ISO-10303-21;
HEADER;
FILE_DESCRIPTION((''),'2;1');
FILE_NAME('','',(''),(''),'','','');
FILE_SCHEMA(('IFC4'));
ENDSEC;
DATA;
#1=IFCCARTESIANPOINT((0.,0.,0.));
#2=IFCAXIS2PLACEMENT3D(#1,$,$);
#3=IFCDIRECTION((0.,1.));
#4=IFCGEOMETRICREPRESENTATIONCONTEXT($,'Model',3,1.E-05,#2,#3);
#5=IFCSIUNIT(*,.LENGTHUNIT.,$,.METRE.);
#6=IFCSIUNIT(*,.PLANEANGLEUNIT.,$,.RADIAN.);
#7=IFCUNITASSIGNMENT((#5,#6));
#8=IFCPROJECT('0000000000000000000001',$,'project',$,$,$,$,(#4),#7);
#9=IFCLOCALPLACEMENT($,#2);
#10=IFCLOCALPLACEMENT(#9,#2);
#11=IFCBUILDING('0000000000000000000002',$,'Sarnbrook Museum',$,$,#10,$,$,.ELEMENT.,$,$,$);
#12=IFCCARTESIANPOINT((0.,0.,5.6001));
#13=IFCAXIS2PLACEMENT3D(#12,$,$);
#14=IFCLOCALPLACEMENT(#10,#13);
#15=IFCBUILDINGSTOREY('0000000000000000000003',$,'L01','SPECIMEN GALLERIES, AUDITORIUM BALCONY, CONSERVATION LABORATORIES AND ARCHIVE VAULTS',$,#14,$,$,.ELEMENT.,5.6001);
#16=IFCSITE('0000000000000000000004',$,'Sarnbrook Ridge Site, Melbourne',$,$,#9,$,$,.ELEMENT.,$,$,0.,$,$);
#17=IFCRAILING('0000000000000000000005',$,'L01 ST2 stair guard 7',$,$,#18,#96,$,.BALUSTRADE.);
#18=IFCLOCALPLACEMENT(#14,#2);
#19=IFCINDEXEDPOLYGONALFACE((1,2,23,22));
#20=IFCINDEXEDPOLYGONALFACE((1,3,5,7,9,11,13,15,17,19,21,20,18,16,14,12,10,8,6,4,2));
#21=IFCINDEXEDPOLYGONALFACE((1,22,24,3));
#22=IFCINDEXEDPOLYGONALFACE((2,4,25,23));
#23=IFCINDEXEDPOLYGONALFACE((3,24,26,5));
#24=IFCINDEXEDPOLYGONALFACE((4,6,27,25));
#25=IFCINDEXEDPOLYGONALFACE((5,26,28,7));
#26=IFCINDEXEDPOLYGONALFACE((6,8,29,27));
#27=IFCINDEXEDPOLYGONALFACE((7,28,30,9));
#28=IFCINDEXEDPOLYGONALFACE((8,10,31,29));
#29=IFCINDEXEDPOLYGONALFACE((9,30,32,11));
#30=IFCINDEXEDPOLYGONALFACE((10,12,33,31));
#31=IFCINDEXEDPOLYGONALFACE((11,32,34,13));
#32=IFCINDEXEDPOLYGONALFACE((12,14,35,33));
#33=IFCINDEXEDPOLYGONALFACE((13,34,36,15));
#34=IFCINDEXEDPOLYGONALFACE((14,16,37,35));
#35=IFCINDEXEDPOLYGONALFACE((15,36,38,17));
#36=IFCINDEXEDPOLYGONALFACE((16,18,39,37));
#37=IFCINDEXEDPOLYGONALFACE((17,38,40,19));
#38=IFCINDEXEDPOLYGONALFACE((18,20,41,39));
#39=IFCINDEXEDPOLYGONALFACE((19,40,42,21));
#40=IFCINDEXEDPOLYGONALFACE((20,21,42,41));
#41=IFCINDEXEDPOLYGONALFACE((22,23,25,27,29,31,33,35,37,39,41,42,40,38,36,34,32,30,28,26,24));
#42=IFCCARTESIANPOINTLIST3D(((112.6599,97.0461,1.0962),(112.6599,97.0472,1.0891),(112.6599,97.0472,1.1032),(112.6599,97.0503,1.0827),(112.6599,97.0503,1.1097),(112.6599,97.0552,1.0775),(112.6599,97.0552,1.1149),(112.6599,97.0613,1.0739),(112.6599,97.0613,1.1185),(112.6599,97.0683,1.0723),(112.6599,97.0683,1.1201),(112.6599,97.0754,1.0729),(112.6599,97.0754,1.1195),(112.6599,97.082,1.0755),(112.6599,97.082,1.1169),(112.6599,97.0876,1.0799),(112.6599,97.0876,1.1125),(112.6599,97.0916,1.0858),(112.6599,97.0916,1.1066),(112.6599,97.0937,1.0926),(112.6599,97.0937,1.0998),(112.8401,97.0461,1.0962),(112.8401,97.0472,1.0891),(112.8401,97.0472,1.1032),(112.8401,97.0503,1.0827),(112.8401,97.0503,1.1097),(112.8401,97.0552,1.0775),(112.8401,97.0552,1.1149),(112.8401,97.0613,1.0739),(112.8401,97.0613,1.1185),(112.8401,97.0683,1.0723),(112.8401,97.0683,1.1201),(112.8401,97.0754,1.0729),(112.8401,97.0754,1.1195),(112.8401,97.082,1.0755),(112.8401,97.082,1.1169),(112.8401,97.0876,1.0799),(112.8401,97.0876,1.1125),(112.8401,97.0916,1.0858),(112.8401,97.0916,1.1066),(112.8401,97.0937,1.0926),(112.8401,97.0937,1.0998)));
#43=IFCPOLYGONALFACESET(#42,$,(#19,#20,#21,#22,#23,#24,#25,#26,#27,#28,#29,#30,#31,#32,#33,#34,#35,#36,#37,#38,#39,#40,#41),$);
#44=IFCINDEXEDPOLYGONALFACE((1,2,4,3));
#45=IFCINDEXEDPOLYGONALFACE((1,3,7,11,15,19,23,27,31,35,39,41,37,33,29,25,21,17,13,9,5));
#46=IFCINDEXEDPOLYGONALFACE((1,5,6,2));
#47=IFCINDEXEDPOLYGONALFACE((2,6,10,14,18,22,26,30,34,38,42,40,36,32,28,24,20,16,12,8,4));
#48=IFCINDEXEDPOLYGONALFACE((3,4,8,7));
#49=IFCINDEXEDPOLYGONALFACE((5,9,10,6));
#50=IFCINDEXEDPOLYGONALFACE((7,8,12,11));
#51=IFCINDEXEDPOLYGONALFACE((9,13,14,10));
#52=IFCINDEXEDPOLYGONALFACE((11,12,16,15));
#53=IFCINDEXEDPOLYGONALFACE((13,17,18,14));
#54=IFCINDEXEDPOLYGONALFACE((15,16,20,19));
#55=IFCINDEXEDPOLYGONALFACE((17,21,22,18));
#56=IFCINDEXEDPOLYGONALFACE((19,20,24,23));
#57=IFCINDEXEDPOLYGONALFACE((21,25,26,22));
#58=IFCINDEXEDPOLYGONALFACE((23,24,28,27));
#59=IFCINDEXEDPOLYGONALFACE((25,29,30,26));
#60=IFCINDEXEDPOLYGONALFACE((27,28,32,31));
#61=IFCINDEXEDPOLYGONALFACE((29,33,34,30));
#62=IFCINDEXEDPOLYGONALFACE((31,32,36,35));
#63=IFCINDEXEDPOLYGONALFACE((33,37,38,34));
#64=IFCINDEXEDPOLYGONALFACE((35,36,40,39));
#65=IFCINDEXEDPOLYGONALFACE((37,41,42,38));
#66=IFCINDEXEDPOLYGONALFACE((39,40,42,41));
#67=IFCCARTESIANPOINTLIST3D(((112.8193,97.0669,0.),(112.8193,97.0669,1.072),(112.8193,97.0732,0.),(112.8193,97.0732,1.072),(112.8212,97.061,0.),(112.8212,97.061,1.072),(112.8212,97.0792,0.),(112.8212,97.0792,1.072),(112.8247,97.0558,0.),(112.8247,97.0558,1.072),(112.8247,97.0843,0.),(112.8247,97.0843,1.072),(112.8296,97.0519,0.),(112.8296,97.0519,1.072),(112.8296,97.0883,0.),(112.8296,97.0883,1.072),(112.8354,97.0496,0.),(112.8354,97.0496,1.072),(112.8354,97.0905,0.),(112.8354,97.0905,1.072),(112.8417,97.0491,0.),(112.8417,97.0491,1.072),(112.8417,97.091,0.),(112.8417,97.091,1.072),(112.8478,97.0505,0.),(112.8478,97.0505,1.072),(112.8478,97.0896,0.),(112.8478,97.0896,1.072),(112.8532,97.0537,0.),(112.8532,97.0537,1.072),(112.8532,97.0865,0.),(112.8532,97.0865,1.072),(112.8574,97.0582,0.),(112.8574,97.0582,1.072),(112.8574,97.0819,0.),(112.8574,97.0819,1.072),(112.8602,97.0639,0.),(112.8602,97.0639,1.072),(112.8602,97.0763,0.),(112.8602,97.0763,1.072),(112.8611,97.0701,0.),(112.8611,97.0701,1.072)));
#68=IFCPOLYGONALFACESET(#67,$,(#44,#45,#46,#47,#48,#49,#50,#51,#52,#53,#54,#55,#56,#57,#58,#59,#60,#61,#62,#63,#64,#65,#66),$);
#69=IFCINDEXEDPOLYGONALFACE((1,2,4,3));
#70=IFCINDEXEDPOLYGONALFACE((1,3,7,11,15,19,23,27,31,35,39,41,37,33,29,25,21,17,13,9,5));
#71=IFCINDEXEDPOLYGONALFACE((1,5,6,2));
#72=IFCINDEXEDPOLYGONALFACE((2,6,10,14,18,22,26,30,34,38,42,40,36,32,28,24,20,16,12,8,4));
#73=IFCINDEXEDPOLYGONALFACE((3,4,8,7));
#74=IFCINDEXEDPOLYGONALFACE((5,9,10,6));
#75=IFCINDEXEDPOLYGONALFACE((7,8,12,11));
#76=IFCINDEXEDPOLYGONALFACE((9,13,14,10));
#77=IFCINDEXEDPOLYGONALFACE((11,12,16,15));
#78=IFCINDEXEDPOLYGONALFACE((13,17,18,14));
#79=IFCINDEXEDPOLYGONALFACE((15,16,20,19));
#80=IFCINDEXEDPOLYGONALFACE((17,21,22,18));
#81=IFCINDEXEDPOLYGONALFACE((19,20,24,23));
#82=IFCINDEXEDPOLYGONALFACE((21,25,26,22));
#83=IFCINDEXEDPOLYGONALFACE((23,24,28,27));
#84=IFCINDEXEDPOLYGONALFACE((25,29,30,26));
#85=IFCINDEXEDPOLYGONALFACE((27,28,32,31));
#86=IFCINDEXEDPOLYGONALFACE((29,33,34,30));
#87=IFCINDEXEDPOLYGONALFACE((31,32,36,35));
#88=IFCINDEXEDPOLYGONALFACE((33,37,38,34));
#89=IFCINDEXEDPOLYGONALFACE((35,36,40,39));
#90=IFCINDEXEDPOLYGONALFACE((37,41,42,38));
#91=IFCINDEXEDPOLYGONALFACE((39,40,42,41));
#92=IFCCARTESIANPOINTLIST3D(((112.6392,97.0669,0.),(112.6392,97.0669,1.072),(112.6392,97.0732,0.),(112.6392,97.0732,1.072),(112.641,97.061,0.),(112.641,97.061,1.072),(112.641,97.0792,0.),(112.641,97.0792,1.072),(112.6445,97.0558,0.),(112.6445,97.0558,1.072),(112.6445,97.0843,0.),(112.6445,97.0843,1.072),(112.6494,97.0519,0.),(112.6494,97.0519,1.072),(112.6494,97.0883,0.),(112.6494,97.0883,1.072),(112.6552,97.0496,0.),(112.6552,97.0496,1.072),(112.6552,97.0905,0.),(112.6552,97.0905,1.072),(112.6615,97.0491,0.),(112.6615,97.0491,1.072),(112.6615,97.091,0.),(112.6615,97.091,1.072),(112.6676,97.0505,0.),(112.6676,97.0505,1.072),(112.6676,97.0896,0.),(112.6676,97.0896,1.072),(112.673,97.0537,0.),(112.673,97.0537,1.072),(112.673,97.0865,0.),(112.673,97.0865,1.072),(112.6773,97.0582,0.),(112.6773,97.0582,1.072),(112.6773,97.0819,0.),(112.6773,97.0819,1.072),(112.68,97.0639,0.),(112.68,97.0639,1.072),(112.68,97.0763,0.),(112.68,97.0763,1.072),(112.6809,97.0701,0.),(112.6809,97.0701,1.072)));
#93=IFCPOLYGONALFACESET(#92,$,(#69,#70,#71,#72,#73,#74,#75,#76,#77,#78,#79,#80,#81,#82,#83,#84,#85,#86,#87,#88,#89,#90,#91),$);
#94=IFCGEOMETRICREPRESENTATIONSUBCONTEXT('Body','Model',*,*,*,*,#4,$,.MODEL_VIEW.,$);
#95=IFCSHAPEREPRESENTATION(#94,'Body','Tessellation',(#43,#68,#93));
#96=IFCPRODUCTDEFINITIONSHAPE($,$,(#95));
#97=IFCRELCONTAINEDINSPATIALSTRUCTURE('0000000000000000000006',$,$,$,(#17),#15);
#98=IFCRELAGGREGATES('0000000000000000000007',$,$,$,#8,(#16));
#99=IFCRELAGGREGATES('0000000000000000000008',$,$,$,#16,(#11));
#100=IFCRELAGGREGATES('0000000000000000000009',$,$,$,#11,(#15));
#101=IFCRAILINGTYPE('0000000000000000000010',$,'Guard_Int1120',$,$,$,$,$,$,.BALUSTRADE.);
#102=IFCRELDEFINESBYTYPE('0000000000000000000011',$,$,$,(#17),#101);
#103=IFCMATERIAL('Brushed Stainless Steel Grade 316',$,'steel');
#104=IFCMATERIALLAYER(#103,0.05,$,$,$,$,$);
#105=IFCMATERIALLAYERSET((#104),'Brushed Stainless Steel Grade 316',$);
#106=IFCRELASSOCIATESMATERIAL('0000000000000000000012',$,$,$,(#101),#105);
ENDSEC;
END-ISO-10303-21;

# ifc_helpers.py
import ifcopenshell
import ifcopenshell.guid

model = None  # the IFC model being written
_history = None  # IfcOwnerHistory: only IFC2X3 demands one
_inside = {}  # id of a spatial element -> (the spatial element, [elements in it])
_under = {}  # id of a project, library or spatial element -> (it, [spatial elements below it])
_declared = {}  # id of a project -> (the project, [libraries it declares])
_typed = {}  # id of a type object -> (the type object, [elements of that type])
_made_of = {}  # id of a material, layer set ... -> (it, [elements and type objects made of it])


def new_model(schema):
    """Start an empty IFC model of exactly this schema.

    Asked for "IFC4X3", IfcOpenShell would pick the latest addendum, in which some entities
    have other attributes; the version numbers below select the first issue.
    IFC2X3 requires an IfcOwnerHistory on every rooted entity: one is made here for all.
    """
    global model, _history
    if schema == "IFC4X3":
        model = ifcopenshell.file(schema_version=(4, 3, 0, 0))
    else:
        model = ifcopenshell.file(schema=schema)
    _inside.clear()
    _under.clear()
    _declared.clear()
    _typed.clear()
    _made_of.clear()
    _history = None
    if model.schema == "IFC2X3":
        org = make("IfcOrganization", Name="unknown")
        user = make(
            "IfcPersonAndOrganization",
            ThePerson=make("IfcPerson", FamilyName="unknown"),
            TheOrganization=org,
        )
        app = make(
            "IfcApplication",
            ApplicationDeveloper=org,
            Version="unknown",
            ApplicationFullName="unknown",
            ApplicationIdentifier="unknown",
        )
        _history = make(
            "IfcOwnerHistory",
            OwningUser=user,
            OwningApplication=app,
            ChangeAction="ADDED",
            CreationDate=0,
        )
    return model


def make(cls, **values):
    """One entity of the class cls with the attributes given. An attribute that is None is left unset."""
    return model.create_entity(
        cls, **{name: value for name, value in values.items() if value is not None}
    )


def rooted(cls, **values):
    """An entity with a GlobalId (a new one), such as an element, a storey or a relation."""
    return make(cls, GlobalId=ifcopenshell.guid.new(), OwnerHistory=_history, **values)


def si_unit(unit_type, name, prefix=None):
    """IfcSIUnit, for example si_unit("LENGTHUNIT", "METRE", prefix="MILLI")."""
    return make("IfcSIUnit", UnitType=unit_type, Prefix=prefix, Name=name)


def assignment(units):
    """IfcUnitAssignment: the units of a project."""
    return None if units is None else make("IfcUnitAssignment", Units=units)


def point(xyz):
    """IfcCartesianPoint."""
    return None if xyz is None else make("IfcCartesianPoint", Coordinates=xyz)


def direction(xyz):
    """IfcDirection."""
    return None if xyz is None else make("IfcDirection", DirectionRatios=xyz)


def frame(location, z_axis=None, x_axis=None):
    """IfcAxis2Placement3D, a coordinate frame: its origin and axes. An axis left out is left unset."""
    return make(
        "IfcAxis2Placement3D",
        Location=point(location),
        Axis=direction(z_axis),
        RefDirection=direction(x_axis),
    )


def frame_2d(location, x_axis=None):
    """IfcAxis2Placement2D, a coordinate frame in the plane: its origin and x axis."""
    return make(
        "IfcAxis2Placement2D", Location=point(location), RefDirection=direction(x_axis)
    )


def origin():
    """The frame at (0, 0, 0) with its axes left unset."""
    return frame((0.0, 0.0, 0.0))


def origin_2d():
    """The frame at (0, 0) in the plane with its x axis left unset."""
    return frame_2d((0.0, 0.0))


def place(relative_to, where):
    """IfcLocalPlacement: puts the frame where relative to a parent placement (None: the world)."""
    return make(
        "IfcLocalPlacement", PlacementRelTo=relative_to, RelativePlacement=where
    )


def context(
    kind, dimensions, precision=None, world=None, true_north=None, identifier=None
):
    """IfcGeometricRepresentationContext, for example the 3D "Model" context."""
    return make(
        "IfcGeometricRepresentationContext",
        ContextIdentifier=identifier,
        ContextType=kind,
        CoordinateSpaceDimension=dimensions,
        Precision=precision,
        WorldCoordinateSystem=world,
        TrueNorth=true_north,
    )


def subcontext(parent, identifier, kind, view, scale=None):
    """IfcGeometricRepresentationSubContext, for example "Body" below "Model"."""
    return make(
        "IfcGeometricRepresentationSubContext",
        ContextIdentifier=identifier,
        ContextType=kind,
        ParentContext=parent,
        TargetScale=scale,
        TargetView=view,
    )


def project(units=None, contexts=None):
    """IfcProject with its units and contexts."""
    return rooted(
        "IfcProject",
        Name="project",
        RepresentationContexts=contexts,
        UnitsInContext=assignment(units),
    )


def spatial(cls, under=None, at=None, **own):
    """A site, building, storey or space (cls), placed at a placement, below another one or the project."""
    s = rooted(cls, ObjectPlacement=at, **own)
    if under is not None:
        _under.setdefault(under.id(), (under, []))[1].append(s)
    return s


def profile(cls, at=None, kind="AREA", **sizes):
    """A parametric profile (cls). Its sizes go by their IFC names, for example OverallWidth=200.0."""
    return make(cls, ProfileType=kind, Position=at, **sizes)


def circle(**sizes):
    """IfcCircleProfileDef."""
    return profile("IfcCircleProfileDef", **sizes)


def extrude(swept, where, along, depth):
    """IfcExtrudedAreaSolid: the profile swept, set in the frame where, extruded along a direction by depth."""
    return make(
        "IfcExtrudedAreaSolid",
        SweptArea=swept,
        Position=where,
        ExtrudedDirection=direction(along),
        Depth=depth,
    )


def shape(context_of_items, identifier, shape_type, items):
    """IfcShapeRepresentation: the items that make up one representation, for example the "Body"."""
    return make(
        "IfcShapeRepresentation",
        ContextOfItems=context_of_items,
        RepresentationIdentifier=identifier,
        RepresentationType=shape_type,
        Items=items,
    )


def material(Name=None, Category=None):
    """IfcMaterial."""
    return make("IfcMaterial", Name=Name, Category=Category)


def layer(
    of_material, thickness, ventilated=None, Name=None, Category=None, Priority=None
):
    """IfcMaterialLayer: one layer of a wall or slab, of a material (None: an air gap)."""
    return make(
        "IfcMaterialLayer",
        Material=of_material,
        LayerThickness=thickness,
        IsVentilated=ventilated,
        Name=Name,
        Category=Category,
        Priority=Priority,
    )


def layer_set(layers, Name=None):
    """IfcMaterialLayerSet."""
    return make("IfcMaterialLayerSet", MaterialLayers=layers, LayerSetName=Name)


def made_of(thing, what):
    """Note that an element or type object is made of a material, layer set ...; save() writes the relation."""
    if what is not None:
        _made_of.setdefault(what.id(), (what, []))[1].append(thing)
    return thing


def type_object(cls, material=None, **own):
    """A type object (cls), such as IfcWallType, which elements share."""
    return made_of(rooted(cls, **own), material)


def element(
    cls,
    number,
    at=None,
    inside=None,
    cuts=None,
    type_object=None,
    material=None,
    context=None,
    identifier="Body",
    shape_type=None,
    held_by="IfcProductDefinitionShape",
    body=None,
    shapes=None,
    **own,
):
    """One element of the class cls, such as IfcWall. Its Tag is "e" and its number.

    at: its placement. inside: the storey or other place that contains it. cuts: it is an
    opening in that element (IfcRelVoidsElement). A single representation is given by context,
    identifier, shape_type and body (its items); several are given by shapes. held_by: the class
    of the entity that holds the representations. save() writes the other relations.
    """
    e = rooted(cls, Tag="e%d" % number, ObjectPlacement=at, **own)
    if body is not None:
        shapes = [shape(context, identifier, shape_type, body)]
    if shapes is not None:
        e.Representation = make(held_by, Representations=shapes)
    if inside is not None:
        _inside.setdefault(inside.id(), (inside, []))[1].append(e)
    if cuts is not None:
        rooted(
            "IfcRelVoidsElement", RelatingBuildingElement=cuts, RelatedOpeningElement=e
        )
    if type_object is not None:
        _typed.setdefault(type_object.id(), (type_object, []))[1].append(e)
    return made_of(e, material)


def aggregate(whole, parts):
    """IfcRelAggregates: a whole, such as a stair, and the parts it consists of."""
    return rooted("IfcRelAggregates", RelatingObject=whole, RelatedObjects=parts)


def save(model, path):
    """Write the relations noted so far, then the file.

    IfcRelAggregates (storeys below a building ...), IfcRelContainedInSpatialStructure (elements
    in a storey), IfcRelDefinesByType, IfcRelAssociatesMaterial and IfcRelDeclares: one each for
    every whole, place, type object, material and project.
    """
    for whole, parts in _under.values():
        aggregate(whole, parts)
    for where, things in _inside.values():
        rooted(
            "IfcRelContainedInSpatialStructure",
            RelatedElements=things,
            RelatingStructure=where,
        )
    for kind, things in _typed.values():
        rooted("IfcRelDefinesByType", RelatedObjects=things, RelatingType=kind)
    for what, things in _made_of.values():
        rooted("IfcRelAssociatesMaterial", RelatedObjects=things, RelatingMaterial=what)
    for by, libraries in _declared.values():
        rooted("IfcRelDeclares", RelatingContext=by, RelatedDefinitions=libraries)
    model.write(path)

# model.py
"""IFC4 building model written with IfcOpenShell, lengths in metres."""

from ifc_helpers import new_model, si_unit, direction, frame, origin, origin_2d, place, context, subcontext, project, spatial, circle, extrude, material, layer, layer_set, type_object, element, save


model = new_model("IFC4")

# Units and contexts
model_context = context("Model", 3, precision=1e-05, world=origin(), true_north=direction((0.0, 1.0)))
body_context = subcontext(model_context, "Body", "Model", "MODEL_VIEW")
ifc_project = project(units=[si_unit("LENGTHUNIT", "METRE"), si_unit("PLANEANGLEUNIT", "RADIAN")], contexts=[model_context])

# Site, building, storey
site_placement = place(None, origin())
site = spatial("IfcSite", under=ifc_project, at=site_placement, Name="Sarnbrook Ridge Site, Melbourne", CompositionType="ELEMENT", RefElevation=0.0)
building_placement = place(site_placement, origin())
building = spatial("IfcBuilding", under=site, at=building_placement, Name="Sarnbrook Museum", CompositionType="ELEMENT")
storey_placement = place(building_placement, frame((0.0, 0.0, 5.6001)))
storey = spatial("IfcBuildingStorey", under=building, at=storey_placement, Name="L01", Description="SPECIMEN GALLERIES, AUDITORIUM BALCONY, CONSERVATION LABORATORIES AND ARCHIVE VAULTS", CompositionType="ELEMENT", Elevation=5.6001)

# Shared definitions
ifc_material_1 = material(Name="Brushed Stainless Steel Grade 316", Category="steel")

# Railing
ifc_layer_1 = layer(ifc_material_1, 0.05)
ifc_layer_set_1 = layer_set([ifc_layer_1], Name="Brushed Stainless Steel Grade 316")
railing_type_1 = type_object("IfcRailingType", Name="Guard_Int1120", PredefinedType="BALUSTRADE", material=ifc_layer_set_1)
railing_1_placement = place(storey_placement, frame((112.8401, 97.0701, 0.0)))
element("IfcRailing", 1, at=railing_1_placement, inside=storey, type_object=railing_type_1, Name="L01 ST2 stair guard 7", PredefinedType="BALUSTRADE", context=body_context, shape_type="SweptSolid", body=[
    extrude(circle(Radius=0.0239, at=origin_2d()), frame((0.0, 0.0, 1.0962), z_axis=(-1.0, 0.0, 0.0), x_axis=(0.0, -1.0, 0.0)), (0.0, 0.0, 1.0), 0.1802),
    extrude(circle(Radius=0.021, at=origin_2d()), origin(), (0.0, 0.0, 1.0), 1.072),
    extrude(circle(Radius=0.021, at=origin_2d()), frame((-0.1802, 0.0, 0.0)), (0.0, 0.0, 1.0), 1.072),
])

save(model, "model.ifc")
